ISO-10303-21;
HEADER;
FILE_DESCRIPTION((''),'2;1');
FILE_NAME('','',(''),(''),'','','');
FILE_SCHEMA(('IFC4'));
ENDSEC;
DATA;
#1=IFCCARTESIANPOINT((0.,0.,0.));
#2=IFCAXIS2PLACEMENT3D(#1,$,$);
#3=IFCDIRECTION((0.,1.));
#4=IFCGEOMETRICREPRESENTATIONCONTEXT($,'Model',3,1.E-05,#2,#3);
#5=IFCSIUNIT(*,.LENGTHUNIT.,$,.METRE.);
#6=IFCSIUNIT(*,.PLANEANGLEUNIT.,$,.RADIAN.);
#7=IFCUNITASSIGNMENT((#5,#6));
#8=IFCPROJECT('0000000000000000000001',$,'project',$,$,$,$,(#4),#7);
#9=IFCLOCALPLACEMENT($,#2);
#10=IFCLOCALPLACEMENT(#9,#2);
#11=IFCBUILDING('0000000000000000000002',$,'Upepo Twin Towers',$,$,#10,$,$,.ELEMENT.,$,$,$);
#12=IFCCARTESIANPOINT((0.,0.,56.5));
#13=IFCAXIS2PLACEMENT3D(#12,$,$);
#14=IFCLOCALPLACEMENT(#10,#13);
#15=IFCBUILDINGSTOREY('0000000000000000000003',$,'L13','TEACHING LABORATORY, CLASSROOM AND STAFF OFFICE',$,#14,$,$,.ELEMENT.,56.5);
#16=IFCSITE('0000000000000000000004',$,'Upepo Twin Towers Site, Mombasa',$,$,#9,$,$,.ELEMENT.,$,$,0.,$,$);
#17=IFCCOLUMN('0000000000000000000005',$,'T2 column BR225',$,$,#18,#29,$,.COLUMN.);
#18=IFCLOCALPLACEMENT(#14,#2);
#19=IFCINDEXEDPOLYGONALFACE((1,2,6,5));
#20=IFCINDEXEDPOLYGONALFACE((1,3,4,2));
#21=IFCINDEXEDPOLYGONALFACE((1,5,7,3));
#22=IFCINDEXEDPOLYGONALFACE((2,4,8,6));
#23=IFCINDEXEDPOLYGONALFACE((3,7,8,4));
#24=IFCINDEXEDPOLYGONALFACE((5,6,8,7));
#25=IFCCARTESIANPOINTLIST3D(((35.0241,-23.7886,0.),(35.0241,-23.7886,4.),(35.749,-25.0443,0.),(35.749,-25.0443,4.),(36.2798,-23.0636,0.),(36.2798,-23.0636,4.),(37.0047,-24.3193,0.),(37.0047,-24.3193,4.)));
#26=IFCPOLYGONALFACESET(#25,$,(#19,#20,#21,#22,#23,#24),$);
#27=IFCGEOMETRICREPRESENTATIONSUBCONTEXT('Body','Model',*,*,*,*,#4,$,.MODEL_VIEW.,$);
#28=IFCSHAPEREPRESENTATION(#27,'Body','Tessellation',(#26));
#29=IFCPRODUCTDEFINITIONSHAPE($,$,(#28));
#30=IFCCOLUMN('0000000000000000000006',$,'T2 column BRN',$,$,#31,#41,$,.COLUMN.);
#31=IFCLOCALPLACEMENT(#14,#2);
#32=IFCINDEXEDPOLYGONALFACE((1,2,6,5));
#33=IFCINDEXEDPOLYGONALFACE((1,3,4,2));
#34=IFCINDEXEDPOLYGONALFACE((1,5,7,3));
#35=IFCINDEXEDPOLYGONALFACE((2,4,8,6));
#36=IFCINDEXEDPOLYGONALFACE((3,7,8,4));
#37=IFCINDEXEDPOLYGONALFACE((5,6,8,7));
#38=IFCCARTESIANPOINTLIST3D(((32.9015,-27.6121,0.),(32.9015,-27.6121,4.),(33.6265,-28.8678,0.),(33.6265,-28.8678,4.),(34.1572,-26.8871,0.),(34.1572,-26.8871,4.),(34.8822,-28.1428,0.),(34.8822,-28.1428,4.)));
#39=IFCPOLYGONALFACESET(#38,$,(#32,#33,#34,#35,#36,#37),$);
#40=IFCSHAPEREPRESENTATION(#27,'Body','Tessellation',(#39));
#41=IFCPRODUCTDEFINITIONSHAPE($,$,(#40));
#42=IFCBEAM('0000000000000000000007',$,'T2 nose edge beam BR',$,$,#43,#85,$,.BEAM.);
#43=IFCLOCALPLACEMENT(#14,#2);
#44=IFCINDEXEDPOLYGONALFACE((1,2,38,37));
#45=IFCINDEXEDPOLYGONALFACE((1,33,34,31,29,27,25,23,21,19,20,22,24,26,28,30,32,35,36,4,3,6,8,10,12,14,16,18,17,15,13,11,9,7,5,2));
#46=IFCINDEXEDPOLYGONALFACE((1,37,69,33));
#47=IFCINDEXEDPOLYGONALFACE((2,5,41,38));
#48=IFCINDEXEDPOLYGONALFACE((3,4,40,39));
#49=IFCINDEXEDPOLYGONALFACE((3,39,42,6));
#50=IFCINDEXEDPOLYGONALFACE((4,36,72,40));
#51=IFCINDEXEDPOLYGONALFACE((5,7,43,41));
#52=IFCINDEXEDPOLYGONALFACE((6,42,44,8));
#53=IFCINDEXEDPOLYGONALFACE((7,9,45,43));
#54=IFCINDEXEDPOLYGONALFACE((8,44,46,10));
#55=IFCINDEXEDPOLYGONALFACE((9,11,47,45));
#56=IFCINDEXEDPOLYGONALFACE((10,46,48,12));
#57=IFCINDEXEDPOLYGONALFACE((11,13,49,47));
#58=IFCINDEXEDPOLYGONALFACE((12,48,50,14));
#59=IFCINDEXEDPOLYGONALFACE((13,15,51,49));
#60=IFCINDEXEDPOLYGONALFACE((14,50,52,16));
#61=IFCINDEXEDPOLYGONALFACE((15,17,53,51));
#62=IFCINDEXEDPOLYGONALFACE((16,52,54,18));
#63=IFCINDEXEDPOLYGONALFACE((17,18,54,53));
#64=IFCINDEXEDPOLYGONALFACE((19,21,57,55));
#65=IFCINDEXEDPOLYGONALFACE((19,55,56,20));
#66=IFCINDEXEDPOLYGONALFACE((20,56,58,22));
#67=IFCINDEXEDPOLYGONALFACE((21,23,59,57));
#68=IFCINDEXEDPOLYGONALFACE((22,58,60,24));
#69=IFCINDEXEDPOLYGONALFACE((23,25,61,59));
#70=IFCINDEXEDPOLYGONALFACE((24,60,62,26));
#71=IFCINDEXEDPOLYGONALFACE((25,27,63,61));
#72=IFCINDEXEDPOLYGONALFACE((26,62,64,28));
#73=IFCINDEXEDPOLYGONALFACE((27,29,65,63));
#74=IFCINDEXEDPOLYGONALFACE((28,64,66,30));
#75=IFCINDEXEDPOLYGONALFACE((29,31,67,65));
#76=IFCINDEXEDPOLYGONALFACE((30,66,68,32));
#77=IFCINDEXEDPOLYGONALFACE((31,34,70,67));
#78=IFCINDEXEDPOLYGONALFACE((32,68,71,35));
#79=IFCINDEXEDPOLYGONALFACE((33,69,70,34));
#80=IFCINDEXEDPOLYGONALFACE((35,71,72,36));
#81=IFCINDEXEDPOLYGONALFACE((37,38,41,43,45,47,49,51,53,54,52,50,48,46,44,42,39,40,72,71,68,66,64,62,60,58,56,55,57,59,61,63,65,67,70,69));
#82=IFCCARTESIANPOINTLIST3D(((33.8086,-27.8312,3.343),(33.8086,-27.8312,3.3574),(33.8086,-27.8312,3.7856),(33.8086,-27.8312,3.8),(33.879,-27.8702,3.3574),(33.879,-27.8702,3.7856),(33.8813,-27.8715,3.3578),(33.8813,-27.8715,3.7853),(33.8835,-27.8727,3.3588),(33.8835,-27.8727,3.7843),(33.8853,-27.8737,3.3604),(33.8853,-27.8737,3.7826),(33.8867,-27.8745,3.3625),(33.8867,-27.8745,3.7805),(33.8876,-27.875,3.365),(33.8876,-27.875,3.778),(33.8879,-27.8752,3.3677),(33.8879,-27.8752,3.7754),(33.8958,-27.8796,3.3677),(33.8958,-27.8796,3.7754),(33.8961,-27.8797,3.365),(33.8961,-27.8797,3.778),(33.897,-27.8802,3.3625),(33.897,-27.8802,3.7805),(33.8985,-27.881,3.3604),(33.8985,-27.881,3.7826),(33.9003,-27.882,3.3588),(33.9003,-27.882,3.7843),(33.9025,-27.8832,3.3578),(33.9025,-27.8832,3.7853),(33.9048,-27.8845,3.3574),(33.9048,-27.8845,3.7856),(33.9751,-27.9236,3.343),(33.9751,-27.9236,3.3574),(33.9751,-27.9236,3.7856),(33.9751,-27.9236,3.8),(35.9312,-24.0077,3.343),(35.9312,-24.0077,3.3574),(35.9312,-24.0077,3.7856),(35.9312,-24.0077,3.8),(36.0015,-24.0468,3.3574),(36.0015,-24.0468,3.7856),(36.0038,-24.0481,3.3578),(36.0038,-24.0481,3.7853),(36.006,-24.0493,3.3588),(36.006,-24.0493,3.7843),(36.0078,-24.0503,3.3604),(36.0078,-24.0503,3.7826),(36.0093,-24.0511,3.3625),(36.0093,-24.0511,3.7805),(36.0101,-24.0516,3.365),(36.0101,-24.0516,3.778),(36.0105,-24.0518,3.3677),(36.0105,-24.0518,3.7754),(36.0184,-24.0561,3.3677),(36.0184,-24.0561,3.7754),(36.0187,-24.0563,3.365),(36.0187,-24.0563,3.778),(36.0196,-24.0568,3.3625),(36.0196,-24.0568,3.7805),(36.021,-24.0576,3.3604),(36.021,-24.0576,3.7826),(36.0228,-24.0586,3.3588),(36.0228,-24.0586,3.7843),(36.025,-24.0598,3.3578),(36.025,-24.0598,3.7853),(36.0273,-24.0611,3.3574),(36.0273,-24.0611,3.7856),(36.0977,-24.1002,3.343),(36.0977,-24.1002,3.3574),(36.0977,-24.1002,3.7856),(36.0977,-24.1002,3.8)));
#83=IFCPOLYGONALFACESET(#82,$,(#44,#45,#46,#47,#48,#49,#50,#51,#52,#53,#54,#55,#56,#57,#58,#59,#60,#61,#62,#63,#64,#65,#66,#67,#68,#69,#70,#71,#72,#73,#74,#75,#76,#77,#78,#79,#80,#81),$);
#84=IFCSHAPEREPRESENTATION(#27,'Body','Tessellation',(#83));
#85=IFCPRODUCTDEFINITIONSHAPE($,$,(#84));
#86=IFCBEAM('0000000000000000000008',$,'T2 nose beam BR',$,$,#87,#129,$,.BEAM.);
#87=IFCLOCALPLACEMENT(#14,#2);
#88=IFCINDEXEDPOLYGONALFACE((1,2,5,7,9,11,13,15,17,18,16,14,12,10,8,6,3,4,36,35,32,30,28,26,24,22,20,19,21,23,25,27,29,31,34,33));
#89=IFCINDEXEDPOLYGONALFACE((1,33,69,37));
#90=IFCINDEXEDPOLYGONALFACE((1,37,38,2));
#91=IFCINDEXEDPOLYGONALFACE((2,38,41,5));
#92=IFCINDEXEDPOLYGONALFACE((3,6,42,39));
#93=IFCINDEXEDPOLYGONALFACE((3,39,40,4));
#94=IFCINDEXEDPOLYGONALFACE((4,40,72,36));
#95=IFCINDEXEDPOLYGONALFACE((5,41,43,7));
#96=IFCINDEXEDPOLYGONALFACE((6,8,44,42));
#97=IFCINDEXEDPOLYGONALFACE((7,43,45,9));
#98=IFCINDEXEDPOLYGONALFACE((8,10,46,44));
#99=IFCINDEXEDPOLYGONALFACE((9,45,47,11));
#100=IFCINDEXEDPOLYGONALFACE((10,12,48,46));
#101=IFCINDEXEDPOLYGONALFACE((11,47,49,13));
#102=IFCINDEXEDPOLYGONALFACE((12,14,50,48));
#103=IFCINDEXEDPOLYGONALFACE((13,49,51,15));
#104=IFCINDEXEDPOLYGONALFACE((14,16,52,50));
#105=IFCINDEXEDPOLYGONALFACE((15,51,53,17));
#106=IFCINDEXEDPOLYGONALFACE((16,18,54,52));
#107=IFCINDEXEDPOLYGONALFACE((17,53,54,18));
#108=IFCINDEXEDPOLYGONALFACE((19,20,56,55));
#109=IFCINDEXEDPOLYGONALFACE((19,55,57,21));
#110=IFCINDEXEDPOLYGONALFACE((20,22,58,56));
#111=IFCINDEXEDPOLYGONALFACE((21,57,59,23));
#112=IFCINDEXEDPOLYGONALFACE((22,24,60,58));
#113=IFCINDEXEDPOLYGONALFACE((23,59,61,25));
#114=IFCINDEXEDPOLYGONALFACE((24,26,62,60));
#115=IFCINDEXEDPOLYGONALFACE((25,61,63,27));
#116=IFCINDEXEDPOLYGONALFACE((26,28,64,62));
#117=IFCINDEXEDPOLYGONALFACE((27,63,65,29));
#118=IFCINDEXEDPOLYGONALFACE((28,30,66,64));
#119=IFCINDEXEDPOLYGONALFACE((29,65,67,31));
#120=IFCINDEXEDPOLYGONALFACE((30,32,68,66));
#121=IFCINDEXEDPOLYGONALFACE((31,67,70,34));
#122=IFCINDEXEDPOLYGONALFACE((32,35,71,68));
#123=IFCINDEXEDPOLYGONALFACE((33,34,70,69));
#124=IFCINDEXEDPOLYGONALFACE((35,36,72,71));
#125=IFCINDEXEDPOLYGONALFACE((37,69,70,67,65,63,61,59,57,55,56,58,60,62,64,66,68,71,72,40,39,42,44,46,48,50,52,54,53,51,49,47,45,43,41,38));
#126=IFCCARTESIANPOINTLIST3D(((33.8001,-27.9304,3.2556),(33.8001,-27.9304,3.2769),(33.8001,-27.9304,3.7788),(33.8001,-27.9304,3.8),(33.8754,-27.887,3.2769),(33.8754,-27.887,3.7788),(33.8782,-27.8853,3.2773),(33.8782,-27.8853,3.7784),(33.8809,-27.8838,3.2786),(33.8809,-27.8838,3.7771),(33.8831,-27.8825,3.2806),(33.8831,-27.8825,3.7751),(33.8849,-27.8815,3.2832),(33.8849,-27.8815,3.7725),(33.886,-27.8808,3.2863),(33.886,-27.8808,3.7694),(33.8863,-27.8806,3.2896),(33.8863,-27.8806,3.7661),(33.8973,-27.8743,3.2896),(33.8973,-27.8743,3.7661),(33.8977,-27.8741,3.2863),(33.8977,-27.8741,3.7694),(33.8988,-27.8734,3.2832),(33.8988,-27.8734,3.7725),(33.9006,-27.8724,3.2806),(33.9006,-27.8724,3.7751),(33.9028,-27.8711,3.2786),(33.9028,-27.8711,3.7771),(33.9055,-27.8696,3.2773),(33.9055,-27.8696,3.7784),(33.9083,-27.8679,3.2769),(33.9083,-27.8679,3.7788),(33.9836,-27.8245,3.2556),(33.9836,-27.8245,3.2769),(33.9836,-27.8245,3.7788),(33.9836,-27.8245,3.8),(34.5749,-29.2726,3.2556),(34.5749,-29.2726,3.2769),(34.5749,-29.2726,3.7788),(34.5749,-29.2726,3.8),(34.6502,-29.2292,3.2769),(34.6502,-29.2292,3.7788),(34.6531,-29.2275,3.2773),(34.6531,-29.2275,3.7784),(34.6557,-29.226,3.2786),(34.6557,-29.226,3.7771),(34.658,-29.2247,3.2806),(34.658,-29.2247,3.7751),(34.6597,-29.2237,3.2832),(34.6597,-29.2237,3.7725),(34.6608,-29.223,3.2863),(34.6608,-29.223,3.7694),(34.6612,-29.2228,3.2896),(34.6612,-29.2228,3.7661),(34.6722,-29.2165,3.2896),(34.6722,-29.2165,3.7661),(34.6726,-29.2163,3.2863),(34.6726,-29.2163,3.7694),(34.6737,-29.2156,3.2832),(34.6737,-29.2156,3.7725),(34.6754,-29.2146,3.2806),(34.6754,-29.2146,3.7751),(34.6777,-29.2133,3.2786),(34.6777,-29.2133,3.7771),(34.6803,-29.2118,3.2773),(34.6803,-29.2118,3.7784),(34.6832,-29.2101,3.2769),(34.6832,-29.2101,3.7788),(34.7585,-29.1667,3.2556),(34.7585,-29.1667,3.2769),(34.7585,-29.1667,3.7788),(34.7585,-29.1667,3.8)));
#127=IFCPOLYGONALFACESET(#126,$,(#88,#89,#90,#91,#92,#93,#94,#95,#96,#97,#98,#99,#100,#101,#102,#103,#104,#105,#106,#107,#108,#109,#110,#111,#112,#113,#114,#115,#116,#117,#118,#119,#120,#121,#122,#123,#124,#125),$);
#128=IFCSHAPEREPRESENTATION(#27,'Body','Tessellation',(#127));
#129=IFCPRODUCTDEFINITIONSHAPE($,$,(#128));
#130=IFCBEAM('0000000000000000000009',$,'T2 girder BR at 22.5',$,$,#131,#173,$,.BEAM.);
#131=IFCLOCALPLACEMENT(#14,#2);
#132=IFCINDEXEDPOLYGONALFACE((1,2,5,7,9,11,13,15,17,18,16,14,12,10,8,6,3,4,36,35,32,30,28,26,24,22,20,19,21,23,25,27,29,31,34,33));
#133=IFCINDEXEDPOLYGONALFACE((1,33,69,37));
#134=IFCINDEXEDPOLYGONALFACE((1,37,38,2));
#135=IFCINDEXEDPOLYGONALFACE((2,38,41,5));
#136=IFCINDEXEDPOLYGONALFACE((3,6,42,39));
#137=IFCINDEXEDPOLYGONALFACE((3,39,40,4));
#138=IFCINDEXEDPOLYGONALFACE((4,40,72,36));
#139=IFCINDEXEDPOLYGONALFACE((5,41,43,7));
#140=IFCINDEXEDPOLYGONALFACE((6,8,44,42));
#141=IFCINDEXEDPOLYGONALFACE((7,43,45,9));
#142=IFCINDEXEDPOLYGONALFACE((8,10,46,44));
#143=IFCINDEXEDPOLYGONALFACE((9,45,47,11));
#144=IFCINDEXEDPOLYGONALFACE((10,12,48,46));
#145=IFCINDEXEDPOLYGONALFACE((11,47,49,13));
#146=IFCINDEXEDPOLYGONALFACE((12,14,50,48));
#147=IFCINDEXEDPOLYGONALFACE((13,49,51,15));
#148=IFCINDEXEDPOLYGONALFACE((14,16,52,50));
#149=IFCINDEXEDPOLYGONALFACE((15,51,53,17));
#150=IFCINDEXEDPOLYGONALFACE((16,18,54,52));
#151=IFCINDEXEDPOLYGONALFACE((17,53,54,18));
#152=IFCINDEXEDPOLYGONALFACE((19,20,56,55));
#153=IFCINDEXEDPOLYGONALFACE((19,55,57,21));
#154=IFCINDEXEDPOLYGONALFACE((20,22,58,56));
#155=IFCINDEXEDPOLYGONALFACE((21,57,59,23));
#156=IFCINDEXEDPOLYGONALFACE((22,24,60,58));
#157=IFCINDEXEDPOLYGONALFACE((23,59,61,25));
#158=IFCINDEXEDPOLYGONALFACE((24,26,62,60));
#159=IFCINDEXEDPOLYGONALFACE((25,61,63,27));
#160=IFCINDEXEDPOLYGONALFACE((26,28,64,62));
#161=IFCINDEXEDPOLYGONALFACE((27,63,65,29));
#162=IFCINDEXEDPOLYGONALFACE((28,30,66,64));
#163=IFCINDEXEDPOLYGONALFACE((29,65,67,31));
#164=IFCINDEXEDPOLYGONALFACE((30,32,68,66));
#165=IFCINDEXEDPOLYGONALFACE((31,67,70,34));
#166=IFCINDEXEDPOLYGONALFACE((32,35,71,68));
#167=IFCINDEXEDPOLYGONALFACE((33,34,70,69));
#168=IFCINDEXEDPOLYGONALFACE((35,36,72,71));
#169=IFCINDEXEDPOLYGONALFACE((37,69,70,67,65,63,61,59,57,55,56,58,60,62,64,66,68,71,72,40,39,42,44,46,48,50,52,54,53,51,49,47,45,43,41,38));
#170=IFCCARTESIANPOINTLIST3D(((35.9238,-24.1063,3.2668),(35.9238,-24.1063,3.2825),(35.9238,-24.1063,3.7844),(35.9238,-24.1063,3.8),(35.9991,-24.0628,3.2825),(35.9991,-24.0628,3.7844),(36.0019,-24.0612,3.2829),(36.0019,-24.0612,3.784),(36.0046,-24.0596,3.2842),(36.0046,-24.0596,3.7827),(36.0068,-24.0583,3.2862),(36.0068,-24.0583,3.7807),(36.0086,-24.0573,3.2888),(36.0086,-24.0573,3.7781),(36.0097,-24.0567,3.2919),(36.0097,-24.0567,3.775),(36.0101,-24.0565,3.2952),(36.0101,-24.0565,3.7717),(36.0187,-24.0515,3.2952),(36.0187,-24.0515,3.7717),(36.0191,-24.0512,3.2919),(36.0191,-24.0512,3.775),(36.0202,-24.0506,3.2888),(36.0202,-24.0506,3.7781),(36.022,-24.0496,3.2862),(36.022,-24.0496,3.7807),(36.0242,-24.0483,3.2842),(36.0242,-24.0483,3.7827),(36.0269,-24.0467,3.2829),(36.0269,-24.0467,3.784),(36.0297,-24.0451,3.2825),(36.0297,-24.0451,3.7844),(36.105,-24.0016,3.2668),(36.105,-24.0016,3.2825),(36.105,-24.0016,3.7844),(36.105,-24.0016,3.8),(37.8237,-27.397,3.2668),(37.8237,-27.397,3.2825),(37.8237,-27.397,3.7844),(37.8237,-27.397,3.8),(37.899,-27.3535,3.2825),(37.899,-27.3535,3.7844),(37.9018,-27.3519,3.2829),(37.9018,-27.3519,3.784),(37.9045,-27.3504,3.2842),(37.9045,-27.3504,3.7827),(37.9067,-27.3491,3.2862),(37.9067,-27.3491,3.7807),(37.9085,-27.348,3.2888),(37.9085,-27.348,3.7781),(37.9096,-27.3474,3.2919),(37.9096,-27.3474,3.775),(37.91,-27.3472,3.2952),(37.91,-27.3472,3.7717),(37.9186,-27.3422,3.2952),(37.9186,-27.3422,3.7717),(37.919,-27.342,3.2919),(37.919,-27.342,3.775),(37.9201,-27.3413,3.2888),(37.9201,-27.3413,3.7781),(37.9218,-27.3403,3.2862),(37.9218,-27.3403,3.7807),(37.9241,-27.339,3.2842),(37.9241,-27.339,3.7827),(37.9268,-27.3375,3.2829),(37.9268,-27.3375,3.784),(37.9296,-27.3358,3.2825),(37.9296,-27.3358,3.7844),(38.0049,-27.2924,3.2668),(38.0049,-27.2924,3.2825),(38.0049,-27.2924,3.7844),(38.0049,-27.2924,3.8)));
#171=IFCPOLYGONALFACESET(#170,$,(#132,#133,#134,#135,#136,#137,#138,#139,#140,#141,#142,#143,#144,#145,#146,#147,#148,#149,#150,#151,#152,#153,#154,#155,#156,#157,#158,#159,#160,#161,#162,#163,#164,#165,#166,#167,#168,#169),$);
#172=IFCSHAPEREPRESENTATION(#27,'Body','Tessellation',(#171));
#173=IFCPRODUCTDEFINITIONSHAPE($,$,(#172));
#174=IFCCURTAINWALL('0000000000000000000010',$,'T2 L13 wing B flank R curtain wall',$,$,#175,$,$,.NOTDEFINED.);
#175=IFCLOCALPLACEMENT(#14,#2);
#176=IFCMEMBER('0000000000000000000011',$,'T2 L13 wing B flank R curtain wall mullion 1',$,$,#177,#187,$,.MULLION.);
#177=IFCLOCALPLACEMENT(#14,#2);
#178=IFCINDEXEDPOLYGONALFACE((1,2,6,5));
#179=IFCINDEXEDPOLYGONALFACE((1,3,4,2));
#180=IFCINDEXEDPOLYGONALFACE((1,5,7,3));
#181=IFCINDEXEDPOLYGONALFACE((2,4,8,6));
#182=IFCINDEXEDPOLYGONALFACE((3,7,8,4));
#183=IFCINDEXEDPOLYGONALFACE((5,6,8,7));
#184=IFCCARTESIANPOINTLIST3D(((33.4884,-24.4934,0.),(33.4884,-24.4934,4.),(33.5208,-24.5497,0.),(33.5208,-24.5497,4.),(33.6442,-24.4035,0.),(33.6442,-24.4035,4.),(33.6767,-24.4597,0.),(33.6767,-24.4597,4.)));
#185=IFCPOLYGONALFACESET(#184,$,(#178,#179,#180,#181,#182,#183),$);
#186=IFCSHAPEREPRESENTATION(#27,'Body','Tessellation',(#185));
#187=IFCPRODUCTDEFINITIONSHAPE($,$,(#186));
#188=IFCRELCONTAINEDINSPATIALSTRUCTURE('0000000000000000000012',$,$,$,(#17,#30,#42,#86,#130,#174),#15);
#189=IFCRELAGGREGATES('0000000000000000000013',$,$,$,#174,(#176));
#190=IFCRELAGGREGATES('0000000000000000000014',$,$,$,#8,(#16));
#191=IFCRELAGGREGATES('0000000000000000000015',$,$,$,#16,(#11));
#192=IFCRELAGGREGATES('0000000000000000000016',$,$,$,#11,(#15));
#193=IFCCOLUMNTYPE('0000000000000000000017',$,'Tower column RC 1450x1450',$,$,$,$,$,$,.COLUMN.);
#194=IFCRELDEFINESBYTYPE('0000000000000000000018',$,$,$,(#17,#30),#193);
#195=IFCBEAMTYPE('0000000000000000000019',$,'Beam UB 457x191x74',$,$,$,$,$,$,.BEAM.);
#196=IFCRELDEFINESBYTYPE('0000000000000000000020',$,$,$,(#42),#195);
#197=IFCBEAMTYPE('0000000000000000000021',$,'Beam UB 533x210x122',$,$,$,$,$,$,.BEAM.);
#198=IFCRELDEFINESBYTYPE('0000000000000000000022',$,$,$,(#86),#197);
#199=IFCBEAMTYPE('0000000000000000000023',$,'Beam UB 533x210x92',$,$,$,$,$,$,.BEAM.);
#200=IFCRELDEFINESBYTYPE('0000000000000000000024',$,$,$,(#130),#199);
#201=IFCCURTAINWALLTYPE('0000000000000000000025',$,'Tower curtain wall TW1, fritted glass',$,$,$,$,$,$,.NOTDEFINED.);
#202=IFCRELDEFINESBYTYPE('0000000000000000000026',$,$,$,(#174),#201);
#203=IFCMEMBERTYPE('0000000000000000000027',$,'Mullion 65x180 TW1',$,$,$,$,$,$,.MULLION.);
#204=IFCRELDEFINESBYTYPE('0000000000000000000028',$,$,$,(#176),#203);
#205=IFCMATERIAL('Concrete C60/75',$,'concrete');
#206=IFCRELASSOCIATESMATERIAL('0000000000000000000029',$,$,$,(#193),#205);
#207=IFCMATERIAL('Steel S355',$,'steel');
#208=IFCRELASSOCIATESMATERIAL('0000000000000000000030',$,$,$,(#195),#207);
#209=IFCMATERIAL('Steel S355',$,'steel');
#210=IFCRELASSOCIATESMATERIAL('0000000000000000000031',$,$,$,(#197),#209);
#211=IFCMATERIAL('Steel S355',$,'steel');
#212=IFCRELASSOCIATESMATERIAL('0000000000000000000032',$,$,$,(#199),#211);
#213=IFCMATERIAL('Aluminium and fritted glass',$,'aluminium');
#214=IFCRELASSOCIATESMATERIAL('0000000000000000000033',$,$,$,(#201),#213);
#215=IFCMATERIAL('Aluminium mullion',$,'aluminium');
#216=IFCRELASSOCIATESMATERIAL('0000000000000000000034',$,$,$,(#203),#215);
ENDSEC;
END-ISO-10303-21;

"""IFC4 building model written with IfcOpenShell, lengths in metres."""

from ifc_helpers import new_model, si_unit, direction, frame, origin, origin_2d, place, context, subcontext, project, spatial, rectangle, i_section, extrude, material, material_profile, profile_set, type_object, element, aggregate, save


model = new_model("IFC4")

# Units and contexts
model_context = context("Model", 3, precision=1e-05, world=origin(), true_north=direction((0.0, 1.0)))
body_context = subcontext(model_context, "Body", "Model", "MODEL_VIEW")
ifc_project = project(units=[si_unit("LENGTHUNIT", "METRE"), si_unit("PLANEANGLEUNIT", "RADIAN")], contexts=[model_context])

# Site, building, storey
site_placement = place(None, origin())
site = spatial("IfcSite", under=ifc_project, at=site_placement, Name="Upepo Twin Towers Site, Mombasa", CompositionType="ELEMENT", RefElevation=0.0)
building_placement = place(site_placement, origin())
building = spatial("IfcBuilding", under=site, at=building_placement, Name="Upepo Twin Towers", CompositionType="ELEMENT")
storey_placement = place(building_placement, frame((0.0, 0.0, 56.5)))
storey = spatial("IfcBuildingStorey", under=building, at=storey_placement, Name="L13", Description="TEACHING LABORATORY, CLASSROOM AND STAFF OFFICE", CompositionType="ELEMENT", Elevation=56.5)

# Columns
ifc_material_1 = material(Name="Concrete C60/75", Category="concrete")
ifc_material_profile_1 = material_profile(ifc_material_1, rectangle(XDim=1.45, YDim=1.45, at=origin_2d()), Name="RC 1450x1450")
ifc_profile_set_1 = profile_set([ifc_material_profile_1], Name="Concrete C60/75")
column_type = type_object("IfcColumnType", Name="Tower column RC 1450x1450", PredefinedType="COLUMN", material=ifc_profile_set_1)
for number, where, z_axis, x_axis, name in (
    (1, (36.0144, -24.054, 0.0), (0.0, 0.0, 1.0), (0.866025, 0.5, 0.0), "T2 column BR225"),
    (2, (33.8918, -27.8774, 0.0), (0.0, 0.0, 1.0), (0.866025, 0.5, 0.0), "T2 column BRN"),
):
    element("IfcColumn", number, at=place(storey_placement, frame(where, z_axis=z_axis, x_axis=x_axis)), inside=storey, type_object=column_type, Name=name, PredefinedType="COLUMN", context=body_context, shape_type="SweptSolid", body=[
        extrude(rectangle(XDim=1.45, YDim=1.45, at=origin_2d()), origin(), (0.0, 0.0, 1.0), 4.0),
    ])

# Beams
ifc_material_2 = material(Name="Steel S355", Category="steel")
ifc_material_profile_2 = material_profile(ifc_material_2, i_section(OverallWidth=0.1904, OverallDepth=0.457, WebThickness=0.009, FlangeThickness=0.0144, FilletRadius=0.0103, at=origin_2d()), Name="UB 457x191x74")
ifc_profile_set_2 = profile_set([ifc_material_profile_2], Name="Steel S355")
beam_type_1 = type_object("IfcBeamType", Name="Beam UB 457x191x74", PredefinedType="BEAM", material=ifc_profile_set_2)
beam_1_placement = place(storey_placement, frame((36.0144, -24.054, 3.5715), z_axis=(-0.485363, -0.874313, 0.0), x_axis=(0.874313, -0.485363, 0.0)))
element("IfcBeam", 3, at=beam_1_placement, inside=storey, type_object=beam_type_1, Name="T2 nose edge beam BR", PredefinedType="BEAM", context=body_context, shape_type="SweptSolid", body=[
    extrude(i_section(OverallWidth=0.1904, OverallDepth=0.457, WebThickness=0.009, FlangeThickness=0.0144, FilletRadius=0.0103, at=origin_2d()), origin(), (0.0, 0.0, 1.0), 4.373),
])
ifc_material_3 = material(Name="Steel S355", Category="steel")
ifc_material_profile_3 = material_profile(ifc_material_3, i_section(OverallWidth=0.2119, OverallDepth=0.5444, WebThickness=0.0127, FlangeThickness=0.0212, FilletRadius=0.0127, at=origin_2d()), Name="UB 533x210x122")
ifc_profile_set_3 = profile_set([ifc_material_profile_3], Name="Steel S355")
beam_type_2 = type_object("IfcBeamType", Name="Beam UB 533x210x122", PredefinedType="BEAM", material=ifc_profile_set_3)
beam_2_placement = place(storey_placement, frame((33.8918, -27.8774, 3.5278), z_axis=(0.499968, -0.866044, 0.0), x_axis=(0.866044, 0.499968, 0.0)))
element("IfcBeam", 4, at=beam_2_placement, inside=storey, type_object=beam_type_2, Name="T2 nose beam BR", PredefinedType="BEAM", context=body_context, shape_type="SweptSolid", body=[
    extrude(i_section(OverallWidth=0.2119, OverallDepth=0.5444, WebThickness=0.0127, FlangeThickness=0.0212, FilletRadius=0.0127, at=origin_2d()), origin(), (0.0, 0.0, 1.0), 1.5498),
])
ifc_material_4 = material(Name="Steel S355", Category="steel")
ifc_material_profile_4 = material_profile(ifc_material_4, i_section(OverallWidth=0.2092, OverallDepth=0.5332, WebThickness=0.01, FlangeThickness=0.0156, FilletRadius=0.0127, at=origin_2d()), Name="UB 533x210x92")
ifc_profile_set_4 = profile_set([ifc_material_profile_4], Name="Steel S355")
beam_type_3 = type_object("IfcBeamType", Name="Beam UB 533x210x92", PredefinedType="BEAM", material=ifc_profile_set_4)
beam_3_placement = place(storey_placement, frame((36.0144, -24.054, 3.5334), z_axis=(0.499995, -0.866028, 0.0), x_axis=(0.866028, 0.499995, 0.0)))
element("IfcBeam", 5, at=beam_3_placement, inside=storey, type_object=beam_type_3, Name="T2 girder BR at 22.5", PredefinedType="BEAM", context=body_context, shape_type="SweptSolid", body=[
    extrude(i_section(OverallWidth=0.2092, OverallDepth=0.5332, WebThickness=0.01, FlangeThickness=0.0156, FilletRadius=0.0127, at=origin_2d()), origin(), (0.0, 0.0, 1.0), 3.7998),
])

# Curtain wall, member
ifc_material_5 = material(Name="Aluminium and fritted glass", Category="aluminium")
curtain_wall_type = type_object("IfcCurtainWallType", Name="Tower curtain wall TW1, fritted glass", PredefinedType="NOTDEFINED", material=ifc_material_5)
curtain_wall_1_placement = place(storey_placement, origin())
curtain_wall_1 = element("IfcCurtainWall", 6, at=curtain_wall_1_placement, inside=storey, type_object=curtain_wall_type, Name="T2 L13 wing B flank R curtain wall", PredefinedType="NOTDEFINED")
ifc_material_6 = material(Name="Aluminium mullion", Category="aluminium")
ifc_material_profile_5 = material_profile(ifc_material_6, rectangle(XDim=0.0649, YDim=0.1799, at=origin_2d()), Name="MULLION 65x180")
ifc_profile_set_5 = profile_set([ifc_material_profile_5], Name="Aluminium mullion")
member_type_1 = type_object("IfcMemberType", Name="Mullion 65x180 TW1", PredefinedType="MULLION", material=ifc_profile_set_5)
member_1_placement = place(storey_placement, frame((33.5825, -24.4766, 0.0), z_axis=(0.0, 0.0, 1.0), x_axis=(-0.5, 0.866025, 0.0)))
member_1 = element("IfcMember", 7, at=member_1_placement, type_object=member_type_1, Name="T2 L13 wing B flank R curtain wall mullion 1", PredefinedType="MULLION", context=body_context, shape_type="SweptSolid", body=[
    extrude(rectangle(XDim=0.0649, YDim=0.1799, at=origin_2d()), origin(), (0.0, 0.0, 1.0), 4.0),
])

aggregate(curtain_wall_1, [member_1])

save(model, "model.ifc")
